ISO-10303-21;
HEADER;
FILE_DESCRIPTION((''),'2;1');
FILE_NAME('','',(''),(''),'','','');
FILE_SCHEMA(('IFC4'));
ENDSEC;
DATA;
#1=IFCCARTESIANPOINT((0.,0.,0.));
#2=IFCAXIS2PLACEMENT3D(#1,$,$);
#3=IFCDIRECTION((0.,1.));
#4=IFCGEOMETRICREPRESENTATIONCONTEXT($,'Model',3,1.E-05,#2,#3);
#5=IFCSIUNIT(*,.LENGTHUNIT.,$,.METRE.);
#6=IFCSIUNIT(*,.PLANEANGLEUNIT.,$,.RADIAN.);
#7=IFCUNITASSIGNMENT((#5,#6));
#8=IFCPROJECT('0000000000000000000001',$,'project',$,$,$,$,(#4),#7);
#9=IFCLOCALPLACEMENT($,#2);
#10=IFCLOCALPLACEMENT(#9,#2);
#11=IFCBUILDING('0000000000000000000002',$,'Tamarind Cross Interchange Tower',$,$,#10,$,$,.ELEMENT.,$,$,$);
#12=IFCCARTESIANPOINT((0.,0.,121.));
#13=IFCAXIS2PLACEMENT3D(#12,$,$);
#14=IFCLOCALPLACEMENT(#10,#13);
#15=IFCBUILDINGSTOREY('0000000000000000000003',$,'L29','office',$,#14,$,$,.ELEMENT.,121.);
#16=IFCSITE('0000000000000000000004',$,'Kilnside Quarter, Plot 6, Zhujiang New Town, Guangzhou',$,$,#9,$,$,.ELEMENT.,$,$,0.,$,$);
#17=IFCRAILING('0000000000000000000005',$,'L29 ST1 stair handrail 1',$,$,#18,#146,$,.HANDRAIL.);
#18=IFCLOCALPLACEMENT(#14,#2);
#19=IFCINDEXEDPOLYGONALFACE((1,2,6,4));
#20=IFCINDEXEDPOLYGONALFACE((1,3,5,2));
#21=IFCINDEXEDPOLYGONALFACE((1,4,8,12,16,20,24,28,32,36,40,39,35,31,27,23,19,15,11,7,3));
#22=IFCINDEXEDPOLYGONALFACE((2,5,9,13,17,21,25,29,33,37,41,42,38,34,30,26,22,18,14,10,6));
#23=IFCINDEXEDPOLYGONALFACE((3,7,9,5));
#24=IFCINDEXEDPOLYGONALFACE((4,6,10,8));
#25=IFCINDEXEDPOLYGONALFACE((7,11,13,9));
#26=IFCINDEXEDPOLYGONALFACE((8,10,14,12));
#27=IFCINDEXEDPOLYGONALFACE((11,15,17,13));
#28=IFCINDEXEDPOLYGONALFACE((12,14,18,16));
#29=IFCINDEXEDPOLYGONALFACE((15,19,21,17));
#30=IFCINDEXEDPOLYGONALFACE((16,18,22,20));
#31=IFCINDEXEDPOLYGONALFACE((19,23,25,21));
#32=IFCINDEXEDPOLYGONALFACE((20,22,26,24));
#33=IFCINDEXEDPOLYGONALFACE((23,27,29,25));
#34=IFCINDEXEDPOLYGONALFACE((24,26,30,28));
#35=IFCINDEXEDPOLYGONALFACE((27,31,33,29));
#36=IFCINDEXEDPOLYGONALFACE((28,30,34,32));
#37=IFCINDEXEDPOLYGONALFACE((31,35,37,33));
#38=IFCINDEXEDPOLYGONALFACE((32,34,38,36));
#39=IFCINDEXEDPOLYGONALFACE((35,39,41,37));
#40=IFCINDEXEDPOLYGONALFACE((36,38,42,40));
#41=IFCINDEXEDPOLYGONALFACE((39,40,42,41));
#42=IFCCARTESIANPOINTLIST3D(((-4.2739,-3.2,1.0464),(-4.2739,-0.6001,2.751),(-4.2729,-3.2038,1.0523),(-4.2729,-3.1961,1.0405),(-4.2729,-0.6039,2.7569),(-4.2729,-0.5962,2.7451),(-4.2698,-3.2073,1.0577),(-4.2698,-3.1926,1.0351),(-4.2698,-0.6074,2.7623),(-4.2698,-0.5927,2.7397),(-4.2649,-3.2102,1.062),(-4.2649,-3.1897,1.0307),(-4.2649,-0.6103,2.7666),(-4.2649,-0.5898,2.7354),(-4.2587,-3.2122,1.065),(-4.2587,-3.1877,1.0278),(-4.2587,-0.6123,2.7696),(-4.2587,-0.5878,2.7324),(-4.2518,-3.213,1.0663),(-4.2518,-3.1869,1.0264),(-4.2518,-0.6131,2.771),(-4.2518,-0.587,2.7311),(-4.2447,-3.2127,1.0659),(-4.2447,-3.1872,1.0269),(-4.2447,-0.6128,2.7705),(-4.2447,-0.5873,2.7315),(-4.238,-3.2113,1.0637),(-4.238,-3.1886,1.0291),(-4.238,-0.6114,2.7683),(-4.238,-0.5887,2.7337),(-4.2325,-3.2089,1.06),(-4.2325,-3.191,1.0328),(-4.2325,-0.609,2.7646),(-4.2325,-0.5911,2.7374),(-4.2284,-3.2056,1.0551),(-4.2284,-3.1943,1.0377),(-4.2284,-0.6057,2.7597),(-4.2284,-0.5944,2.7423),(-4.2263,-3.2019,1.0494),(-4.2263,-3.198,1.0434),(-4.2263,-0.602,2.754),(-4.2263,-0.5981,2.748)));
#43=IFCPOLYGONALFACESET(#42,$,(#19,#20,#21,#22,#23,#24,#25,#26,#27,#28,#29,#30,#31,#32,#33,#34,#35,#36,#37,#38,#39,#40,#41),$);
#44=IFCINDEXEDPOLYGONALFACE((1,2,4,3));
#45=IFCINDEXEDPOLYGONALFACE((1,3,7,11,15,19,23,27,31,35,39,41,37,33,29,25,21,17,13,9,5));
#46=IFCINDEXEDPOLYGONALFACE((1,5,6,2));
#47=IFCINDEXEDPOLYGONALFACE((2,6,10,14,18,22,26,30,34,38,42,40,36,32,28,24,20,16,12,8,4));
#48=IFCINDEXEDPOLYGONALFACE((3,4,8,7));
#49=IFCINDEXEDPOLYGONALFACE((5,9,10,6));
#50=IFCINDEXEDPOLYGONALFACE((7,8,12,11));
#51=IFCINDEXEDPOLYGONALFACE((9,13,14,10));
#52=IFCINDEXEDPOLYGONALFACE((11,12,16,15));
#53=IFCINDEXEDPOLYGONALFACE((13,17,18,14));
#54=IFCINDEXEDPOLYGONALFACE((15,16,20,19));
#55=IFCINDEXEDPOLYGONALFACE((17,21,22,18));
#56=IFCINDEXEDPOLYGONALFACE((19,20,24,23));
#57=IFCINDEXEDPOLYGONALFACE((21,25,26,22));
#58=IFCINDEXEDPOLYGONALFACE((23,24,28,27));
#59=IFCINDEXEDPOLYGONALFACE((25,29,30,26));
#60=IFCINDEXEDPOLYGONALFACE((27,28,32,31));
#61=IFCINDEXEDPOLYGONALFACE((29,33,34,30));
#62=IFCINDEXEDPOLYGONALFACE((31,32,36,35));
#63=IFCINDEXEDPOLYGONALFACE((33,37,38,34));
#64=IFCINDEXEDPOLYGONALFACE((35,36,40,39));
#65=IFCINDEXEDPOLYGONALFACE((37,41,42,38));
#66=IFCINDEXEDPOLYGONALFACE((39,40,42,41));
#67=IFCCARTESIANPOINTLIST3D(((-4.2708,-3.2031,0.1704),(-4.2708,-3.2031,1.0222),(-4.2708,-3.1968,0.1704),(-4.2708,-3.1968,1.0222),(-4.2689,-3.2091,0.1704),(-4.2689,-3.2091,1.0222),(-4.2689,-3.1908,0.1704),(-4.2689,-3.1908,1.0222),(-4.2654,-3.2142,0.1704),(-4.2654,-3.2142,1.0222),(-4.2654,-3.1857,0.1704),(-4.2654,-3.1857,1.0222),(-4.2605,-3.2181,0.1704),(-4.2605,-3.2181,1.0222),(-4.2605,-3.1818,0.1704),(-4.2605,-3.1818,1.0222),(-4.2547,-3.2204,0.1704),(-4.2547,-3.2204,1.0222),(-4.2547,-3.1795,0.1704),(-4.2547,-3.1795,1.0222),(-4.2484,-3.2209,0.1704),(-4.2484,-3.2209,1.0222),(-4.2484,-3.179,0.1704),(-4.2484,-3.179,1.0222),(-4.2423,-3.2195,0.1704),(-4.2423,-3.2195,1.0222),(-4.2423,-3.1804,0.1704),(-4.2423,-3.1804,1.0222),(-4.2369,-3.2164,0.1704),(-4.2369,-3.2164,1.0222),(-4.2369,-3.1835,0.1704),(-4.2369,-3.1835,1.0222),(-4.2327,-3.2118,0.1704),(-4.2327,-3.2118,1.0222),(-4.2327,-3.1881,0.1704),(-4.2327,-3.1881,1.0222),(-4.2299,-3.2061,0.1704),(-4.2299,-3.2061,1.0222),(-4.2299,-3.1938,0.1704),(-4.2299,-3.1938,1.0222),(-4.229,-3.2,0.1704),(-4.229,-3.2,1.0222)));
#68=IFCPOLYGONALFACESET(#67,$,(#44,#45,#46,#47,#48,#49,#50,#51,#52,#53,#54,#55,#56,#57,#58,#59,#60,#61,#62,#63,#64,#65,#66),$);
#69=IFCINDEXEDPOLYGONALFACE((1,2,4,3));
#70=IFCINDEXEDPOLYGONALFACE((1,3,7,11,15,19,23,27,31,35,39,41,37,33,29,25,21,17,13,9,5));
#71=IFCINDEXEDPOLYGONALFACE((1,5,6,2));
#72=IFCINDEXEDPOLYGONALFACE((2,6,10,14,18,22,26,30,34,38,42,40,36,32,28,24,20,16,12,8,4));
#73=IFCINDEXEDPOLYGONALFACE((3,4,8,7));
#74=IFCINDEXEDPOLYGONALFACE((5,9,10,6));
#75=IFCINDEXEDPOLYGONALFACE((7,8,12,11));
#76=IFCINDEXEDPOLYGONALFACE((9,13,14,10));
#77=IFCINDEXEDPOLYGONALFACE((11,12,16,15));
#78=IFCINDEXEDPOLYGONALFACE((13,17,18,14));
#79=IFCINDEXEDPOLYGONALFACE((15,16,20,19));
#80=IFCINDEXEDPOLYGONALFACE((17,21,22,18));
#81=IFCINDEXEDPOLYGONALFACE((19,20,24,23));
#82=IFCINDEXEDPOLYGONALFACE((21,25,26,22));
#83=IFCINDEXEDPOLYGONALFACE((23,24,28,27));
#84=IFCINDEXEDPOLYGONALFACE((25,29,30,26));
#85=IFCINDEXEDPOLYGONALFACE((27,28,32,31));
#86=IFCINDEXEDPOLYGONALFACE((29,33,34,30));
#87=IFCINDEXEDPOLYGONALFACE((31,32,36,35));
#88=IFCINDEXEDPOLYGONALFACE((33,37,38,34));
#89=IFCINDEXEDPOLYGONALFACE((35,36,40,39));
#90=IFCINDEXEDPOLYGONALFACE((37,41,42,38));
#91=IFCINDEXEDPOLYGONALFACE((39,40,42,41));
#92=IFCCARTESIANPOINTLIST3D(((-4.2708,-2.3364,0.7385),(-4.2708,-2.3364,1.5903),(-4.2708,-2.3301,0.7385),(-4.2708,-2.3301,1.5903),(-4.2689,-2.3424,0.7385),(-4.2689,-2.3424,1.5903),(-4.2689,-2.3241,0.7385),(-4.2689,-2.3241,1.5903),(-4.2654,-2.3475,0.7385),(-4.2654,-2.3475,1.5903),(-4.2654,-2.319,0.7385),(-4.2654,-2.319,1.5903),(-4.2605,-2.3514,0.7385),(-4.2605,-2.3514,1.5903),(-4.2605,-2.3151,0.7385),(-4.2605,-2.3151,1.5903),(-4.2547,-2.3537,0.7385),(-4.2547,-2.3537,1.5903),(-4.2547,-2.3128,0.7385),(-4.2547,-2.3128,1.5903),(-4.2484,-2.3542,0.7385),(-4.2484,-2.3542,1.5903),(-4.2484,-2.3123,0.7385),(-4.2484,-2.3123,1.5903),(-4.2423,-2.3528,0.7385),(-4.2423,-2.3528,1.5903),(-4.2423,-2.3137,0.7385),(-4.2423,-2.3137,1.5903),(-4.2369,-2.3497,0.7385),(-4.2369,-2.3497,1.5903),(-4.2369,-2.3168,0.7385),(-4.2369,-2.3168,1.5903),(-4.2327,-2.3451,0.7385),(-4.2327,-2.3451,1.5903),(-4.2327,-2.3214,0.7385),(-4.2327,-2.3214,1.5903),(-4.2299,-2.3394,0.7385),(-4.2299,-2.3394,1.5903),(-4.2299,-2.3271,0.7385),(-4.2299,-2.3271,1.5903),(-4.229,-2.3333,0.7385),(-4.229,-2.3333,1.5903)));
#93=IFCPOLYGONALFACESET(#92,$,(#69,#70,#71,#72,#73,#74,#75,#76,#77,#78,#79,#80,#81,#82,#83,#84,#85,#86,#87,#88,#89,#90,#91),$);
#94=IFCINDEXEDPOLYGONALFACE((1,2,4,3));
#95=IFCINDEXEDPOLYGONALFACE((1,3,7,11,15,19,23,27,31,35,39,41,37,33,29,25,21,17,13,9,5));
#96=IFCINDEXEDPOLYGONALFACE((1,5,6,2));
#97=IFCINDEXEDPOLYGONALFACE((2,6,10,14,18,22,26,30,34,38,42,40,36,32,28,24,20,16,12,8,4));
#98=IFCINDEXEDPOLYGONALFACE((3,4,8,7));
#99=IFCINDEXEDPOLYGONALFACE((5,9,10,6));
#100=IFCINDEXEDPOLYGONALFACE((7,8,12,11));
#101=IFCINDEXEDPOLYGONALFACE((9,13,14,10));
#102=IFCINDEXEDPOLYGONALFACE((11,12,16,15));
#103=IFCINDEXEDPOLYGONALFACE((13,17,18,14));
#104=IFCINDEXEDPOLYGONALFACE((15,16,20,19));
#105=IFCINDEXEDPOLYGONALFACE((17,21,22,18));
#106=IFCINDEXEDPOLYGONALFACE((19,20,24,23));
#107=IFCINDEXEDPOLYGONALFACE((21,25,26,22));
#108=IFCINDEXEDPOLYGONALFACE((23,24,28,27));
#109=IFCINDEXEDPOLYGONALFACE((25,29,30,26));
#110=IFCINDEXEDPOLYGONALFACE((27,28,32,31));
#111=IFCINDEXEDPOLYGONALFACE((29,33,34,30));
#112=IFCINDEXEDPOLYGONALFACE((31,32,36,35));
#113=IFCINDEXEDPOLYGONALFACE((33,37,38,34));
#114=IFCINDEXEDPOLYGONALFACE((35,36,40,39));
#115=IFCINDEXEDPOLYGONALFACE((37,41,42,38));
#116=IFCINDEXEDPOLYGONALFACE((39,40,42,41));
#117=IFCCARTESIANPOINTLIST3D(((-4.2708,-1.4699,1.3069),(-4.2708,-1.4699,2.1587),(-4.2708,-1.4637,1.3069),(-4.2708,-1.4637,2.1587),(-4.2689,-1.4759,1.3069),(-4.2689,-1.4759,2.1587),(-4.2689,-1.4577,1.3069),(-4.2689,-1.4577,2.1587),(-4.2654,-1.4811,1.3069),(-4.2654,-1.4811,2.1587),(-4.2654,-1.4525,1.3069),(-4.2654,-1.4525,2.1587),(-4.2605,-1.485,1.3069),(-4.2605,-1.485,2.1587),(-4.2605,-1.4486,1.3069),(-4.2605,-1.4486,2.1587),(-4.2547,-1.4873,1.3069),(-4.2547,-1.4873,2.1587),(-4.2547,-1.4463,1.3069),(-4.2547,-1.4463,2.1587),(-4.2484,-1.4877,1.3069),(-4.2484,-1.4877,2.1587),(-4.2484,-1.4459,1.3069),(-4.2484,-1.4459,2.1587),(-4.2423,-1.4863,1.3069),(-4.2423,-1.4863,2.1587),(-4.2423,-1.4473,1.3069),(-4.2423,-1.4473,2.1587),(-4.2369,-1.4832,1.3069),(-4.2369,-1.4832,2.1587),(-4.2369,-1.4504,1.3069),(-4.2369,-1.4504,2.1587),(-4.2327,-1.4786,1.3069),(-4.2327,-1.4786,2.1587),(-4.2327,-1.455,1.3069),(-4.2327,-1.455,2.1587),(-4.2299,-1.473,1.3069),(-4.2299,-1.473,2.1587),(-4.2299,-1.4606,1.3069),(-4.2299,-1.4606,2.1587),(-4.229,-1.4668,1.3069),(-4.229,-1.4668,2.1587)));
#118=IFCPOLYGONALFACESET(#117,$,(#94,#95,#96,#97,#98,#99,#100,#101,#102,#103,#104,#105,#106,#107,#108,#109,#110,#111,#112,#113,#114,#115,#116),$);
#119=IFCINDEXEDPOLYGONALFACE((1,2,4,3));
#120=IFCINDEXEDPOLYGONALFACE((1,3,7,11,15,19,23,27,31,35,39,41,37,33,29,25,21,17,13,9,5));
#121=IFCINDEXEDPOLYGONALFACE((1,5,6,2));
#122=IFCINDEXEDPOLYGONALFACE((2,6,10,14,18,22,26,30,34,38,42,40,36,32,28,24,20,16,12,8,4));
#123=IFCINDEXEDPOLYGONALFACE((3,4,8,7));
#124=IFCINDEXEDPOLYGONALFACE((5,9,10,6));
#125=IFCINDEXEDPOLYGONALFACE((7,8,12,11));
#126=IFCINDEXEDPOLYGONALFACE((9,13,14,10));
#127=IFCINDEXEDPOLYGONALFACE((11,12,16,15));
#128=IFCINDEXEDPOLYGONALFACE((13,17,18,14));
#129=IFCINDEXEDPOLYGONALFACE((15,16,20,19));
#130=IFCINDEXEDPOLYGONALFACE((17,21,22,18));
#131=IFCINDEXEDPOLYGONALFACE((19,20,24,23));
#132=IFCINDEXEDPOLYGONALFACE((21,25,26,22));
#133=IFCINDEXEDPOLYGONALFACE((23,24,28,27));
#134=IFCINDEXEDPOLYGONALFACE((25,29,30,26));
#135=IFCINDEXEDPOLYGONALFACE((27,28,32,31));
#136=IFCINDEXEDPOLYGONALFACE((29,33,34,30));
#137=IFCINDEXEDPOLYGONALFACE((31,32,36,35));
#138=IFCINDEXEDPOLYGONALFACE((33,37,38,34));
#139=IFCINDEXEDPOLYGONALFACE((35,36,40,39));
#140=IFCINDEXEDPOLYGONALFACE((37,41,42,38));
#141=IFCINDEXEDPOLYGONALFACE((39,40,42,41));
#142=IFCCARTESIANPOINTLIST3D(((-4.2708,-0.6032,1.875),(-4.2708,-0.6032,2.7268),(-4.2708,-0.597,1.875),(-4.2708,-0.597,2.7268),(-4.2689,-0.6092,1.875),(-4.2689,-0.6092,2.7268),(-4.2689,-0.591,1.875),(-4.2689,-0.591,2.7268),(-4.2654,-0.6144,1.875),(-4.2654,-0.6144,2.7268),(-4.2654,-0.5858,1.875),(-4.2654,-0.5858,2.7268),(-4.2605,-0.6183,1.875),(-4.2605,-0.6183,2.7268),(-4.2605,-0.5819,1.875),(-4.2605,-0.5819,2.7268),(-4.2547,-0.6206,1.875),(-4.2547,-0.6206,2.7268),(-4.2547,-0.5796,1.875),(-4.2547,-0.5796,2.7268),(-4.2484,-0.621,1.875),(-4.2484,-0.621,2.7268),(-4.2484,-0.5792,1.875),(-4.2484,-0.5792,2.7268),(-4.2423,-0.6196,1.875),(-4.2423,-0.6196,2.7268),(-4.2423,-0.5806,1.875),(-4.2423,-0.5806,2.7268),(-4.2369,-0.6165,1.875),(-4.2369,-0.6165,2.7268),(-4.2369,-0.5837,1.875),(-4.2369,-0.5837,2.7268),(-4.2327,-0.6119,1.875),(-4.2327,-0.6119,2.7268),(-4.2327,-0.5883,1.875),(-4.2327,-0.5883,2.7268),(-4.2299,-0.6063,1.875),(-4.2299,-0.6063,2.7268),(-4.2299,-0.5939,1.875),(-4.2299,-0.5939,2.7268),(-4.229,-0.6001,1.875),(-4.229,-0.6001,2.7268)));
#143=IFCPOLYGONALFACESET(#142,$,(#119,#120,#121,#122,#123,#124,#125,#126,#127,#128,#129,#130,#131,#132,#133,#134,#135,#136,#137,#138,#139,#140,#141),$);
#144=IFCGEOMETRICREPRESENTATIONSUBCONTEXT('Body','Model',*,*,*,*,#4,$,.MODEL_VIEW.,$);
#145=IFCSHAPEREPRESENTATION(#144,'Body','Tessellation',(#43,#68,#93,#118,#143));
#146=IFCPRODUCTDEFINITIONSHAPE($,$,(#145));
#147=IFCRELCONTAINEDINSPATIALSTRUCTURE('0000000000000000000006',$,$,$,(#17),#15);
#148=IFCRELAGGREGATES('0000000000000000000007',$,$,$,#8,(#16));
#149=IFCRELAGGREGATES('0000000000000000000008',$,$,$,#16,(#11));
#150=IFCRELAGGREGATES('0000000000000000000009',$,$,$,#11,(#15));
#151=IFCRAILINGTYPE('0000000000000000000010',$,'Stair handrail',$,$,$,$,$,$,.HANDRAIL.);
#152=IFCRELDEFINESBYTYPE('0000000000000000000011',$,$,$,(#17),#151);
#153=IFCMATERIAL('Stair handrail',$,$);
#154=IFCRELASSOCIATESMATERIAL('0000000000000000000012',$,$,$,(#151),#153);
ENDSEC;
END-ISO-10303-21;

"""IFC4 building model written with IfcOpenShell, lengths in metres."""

from ifc_helpers import new_model, si_unit, direction, frame, origin, origin_2d, place, context, subcontext, project, spatial, circle, extrude, material, type_object, element, save


model = new_model("IFC4")

# Units and contexts
model_context = context("Model", 3, precision=1e-05, world=origin(), true_north=direction((0.0, 1.0)))
body_context = subcontext(model_context, "Body", "Model", "MODEL_VIEW")
ifc_project = project(units=[si_unit("LENGTHUNIT", "METRE"), si_unit("PLANEANGLEUNIT", "RADIAN")], contexts=[model_context])

# Site, building, storey
site_placement = place(None, origin())
site = spatial("IfcSite", under=ifc_project, at=site_placement, Name="Kilnside Quarter, Plot 6, Zhujiang New Town, Guangzhou", CompositionType="ELEMENT", RefElevation=0.0)
building_placement = place(site_placement, origin())
building = spatial("IfcBuilding", under=site, at=building_placement, Name="Tamarind Cross Interchange Tower", CompositionType="ELEMENT")
storey_placement = place(building_placement, frame((0.0, 0.0, 121.0)))
storey = spatial("IfcBuildingStorey", under=building, at=storey_placement, Name="L29", Description="office", CompositionType="ELEMENT", Elevation=121.0)

# Railing
ifc_material_1 = material(Name="Stair handrail")
railing_type_1 = type_object("IfcRailingType", Name="Stair handrail", PredefinedType="HANDRAIL", material=ifc_material_1)
railing_1_placement = place(storey_placement, frame((-4.25, -3.2, 0.1704)))
element("IfcRailing", 1, at=railing_1_placement, inside=storey, type_object=railing_type_1, Name="L29 ST1 stair handrail 1", PredefinedType="HANDRAIL", context=body_context, shape_type="SweptSolid", body=[
    extrude(circle(Radius=0.0239, at=origin_2d()), frame((0.0, 0.0, 0.876), z_axis=(0.0, 0.836279, 0.548305), x_axis=(-1.0, 0.0, 0.0)), (0.0, 0.0, 1.0), 3.1089),
    extrude(circle(Radius=0.021, at=origin_2d()), origin(), (0.0, 0.0, 1.0), 0.8518),
    extrude(circle(Radius=0.021, at=origin_2d()), frame((0.0, 0.8667, 0.5681)), (0.0, 0.0, 1.0), 0.8518),
    extrude(circle(Radius=0.021, at=origin_2d()), frame((0.0, 1.7332, 1.1365)), (0.0, 0.0, 1.0), 0.8518),
    extrude(circle(Radius=0.021, at=origin_2d()), frame((0.0, 2.5999, 1.7046)), (0.0, 0.0, 1.0), 0.8518),
])

save(model, "model.ifc")
